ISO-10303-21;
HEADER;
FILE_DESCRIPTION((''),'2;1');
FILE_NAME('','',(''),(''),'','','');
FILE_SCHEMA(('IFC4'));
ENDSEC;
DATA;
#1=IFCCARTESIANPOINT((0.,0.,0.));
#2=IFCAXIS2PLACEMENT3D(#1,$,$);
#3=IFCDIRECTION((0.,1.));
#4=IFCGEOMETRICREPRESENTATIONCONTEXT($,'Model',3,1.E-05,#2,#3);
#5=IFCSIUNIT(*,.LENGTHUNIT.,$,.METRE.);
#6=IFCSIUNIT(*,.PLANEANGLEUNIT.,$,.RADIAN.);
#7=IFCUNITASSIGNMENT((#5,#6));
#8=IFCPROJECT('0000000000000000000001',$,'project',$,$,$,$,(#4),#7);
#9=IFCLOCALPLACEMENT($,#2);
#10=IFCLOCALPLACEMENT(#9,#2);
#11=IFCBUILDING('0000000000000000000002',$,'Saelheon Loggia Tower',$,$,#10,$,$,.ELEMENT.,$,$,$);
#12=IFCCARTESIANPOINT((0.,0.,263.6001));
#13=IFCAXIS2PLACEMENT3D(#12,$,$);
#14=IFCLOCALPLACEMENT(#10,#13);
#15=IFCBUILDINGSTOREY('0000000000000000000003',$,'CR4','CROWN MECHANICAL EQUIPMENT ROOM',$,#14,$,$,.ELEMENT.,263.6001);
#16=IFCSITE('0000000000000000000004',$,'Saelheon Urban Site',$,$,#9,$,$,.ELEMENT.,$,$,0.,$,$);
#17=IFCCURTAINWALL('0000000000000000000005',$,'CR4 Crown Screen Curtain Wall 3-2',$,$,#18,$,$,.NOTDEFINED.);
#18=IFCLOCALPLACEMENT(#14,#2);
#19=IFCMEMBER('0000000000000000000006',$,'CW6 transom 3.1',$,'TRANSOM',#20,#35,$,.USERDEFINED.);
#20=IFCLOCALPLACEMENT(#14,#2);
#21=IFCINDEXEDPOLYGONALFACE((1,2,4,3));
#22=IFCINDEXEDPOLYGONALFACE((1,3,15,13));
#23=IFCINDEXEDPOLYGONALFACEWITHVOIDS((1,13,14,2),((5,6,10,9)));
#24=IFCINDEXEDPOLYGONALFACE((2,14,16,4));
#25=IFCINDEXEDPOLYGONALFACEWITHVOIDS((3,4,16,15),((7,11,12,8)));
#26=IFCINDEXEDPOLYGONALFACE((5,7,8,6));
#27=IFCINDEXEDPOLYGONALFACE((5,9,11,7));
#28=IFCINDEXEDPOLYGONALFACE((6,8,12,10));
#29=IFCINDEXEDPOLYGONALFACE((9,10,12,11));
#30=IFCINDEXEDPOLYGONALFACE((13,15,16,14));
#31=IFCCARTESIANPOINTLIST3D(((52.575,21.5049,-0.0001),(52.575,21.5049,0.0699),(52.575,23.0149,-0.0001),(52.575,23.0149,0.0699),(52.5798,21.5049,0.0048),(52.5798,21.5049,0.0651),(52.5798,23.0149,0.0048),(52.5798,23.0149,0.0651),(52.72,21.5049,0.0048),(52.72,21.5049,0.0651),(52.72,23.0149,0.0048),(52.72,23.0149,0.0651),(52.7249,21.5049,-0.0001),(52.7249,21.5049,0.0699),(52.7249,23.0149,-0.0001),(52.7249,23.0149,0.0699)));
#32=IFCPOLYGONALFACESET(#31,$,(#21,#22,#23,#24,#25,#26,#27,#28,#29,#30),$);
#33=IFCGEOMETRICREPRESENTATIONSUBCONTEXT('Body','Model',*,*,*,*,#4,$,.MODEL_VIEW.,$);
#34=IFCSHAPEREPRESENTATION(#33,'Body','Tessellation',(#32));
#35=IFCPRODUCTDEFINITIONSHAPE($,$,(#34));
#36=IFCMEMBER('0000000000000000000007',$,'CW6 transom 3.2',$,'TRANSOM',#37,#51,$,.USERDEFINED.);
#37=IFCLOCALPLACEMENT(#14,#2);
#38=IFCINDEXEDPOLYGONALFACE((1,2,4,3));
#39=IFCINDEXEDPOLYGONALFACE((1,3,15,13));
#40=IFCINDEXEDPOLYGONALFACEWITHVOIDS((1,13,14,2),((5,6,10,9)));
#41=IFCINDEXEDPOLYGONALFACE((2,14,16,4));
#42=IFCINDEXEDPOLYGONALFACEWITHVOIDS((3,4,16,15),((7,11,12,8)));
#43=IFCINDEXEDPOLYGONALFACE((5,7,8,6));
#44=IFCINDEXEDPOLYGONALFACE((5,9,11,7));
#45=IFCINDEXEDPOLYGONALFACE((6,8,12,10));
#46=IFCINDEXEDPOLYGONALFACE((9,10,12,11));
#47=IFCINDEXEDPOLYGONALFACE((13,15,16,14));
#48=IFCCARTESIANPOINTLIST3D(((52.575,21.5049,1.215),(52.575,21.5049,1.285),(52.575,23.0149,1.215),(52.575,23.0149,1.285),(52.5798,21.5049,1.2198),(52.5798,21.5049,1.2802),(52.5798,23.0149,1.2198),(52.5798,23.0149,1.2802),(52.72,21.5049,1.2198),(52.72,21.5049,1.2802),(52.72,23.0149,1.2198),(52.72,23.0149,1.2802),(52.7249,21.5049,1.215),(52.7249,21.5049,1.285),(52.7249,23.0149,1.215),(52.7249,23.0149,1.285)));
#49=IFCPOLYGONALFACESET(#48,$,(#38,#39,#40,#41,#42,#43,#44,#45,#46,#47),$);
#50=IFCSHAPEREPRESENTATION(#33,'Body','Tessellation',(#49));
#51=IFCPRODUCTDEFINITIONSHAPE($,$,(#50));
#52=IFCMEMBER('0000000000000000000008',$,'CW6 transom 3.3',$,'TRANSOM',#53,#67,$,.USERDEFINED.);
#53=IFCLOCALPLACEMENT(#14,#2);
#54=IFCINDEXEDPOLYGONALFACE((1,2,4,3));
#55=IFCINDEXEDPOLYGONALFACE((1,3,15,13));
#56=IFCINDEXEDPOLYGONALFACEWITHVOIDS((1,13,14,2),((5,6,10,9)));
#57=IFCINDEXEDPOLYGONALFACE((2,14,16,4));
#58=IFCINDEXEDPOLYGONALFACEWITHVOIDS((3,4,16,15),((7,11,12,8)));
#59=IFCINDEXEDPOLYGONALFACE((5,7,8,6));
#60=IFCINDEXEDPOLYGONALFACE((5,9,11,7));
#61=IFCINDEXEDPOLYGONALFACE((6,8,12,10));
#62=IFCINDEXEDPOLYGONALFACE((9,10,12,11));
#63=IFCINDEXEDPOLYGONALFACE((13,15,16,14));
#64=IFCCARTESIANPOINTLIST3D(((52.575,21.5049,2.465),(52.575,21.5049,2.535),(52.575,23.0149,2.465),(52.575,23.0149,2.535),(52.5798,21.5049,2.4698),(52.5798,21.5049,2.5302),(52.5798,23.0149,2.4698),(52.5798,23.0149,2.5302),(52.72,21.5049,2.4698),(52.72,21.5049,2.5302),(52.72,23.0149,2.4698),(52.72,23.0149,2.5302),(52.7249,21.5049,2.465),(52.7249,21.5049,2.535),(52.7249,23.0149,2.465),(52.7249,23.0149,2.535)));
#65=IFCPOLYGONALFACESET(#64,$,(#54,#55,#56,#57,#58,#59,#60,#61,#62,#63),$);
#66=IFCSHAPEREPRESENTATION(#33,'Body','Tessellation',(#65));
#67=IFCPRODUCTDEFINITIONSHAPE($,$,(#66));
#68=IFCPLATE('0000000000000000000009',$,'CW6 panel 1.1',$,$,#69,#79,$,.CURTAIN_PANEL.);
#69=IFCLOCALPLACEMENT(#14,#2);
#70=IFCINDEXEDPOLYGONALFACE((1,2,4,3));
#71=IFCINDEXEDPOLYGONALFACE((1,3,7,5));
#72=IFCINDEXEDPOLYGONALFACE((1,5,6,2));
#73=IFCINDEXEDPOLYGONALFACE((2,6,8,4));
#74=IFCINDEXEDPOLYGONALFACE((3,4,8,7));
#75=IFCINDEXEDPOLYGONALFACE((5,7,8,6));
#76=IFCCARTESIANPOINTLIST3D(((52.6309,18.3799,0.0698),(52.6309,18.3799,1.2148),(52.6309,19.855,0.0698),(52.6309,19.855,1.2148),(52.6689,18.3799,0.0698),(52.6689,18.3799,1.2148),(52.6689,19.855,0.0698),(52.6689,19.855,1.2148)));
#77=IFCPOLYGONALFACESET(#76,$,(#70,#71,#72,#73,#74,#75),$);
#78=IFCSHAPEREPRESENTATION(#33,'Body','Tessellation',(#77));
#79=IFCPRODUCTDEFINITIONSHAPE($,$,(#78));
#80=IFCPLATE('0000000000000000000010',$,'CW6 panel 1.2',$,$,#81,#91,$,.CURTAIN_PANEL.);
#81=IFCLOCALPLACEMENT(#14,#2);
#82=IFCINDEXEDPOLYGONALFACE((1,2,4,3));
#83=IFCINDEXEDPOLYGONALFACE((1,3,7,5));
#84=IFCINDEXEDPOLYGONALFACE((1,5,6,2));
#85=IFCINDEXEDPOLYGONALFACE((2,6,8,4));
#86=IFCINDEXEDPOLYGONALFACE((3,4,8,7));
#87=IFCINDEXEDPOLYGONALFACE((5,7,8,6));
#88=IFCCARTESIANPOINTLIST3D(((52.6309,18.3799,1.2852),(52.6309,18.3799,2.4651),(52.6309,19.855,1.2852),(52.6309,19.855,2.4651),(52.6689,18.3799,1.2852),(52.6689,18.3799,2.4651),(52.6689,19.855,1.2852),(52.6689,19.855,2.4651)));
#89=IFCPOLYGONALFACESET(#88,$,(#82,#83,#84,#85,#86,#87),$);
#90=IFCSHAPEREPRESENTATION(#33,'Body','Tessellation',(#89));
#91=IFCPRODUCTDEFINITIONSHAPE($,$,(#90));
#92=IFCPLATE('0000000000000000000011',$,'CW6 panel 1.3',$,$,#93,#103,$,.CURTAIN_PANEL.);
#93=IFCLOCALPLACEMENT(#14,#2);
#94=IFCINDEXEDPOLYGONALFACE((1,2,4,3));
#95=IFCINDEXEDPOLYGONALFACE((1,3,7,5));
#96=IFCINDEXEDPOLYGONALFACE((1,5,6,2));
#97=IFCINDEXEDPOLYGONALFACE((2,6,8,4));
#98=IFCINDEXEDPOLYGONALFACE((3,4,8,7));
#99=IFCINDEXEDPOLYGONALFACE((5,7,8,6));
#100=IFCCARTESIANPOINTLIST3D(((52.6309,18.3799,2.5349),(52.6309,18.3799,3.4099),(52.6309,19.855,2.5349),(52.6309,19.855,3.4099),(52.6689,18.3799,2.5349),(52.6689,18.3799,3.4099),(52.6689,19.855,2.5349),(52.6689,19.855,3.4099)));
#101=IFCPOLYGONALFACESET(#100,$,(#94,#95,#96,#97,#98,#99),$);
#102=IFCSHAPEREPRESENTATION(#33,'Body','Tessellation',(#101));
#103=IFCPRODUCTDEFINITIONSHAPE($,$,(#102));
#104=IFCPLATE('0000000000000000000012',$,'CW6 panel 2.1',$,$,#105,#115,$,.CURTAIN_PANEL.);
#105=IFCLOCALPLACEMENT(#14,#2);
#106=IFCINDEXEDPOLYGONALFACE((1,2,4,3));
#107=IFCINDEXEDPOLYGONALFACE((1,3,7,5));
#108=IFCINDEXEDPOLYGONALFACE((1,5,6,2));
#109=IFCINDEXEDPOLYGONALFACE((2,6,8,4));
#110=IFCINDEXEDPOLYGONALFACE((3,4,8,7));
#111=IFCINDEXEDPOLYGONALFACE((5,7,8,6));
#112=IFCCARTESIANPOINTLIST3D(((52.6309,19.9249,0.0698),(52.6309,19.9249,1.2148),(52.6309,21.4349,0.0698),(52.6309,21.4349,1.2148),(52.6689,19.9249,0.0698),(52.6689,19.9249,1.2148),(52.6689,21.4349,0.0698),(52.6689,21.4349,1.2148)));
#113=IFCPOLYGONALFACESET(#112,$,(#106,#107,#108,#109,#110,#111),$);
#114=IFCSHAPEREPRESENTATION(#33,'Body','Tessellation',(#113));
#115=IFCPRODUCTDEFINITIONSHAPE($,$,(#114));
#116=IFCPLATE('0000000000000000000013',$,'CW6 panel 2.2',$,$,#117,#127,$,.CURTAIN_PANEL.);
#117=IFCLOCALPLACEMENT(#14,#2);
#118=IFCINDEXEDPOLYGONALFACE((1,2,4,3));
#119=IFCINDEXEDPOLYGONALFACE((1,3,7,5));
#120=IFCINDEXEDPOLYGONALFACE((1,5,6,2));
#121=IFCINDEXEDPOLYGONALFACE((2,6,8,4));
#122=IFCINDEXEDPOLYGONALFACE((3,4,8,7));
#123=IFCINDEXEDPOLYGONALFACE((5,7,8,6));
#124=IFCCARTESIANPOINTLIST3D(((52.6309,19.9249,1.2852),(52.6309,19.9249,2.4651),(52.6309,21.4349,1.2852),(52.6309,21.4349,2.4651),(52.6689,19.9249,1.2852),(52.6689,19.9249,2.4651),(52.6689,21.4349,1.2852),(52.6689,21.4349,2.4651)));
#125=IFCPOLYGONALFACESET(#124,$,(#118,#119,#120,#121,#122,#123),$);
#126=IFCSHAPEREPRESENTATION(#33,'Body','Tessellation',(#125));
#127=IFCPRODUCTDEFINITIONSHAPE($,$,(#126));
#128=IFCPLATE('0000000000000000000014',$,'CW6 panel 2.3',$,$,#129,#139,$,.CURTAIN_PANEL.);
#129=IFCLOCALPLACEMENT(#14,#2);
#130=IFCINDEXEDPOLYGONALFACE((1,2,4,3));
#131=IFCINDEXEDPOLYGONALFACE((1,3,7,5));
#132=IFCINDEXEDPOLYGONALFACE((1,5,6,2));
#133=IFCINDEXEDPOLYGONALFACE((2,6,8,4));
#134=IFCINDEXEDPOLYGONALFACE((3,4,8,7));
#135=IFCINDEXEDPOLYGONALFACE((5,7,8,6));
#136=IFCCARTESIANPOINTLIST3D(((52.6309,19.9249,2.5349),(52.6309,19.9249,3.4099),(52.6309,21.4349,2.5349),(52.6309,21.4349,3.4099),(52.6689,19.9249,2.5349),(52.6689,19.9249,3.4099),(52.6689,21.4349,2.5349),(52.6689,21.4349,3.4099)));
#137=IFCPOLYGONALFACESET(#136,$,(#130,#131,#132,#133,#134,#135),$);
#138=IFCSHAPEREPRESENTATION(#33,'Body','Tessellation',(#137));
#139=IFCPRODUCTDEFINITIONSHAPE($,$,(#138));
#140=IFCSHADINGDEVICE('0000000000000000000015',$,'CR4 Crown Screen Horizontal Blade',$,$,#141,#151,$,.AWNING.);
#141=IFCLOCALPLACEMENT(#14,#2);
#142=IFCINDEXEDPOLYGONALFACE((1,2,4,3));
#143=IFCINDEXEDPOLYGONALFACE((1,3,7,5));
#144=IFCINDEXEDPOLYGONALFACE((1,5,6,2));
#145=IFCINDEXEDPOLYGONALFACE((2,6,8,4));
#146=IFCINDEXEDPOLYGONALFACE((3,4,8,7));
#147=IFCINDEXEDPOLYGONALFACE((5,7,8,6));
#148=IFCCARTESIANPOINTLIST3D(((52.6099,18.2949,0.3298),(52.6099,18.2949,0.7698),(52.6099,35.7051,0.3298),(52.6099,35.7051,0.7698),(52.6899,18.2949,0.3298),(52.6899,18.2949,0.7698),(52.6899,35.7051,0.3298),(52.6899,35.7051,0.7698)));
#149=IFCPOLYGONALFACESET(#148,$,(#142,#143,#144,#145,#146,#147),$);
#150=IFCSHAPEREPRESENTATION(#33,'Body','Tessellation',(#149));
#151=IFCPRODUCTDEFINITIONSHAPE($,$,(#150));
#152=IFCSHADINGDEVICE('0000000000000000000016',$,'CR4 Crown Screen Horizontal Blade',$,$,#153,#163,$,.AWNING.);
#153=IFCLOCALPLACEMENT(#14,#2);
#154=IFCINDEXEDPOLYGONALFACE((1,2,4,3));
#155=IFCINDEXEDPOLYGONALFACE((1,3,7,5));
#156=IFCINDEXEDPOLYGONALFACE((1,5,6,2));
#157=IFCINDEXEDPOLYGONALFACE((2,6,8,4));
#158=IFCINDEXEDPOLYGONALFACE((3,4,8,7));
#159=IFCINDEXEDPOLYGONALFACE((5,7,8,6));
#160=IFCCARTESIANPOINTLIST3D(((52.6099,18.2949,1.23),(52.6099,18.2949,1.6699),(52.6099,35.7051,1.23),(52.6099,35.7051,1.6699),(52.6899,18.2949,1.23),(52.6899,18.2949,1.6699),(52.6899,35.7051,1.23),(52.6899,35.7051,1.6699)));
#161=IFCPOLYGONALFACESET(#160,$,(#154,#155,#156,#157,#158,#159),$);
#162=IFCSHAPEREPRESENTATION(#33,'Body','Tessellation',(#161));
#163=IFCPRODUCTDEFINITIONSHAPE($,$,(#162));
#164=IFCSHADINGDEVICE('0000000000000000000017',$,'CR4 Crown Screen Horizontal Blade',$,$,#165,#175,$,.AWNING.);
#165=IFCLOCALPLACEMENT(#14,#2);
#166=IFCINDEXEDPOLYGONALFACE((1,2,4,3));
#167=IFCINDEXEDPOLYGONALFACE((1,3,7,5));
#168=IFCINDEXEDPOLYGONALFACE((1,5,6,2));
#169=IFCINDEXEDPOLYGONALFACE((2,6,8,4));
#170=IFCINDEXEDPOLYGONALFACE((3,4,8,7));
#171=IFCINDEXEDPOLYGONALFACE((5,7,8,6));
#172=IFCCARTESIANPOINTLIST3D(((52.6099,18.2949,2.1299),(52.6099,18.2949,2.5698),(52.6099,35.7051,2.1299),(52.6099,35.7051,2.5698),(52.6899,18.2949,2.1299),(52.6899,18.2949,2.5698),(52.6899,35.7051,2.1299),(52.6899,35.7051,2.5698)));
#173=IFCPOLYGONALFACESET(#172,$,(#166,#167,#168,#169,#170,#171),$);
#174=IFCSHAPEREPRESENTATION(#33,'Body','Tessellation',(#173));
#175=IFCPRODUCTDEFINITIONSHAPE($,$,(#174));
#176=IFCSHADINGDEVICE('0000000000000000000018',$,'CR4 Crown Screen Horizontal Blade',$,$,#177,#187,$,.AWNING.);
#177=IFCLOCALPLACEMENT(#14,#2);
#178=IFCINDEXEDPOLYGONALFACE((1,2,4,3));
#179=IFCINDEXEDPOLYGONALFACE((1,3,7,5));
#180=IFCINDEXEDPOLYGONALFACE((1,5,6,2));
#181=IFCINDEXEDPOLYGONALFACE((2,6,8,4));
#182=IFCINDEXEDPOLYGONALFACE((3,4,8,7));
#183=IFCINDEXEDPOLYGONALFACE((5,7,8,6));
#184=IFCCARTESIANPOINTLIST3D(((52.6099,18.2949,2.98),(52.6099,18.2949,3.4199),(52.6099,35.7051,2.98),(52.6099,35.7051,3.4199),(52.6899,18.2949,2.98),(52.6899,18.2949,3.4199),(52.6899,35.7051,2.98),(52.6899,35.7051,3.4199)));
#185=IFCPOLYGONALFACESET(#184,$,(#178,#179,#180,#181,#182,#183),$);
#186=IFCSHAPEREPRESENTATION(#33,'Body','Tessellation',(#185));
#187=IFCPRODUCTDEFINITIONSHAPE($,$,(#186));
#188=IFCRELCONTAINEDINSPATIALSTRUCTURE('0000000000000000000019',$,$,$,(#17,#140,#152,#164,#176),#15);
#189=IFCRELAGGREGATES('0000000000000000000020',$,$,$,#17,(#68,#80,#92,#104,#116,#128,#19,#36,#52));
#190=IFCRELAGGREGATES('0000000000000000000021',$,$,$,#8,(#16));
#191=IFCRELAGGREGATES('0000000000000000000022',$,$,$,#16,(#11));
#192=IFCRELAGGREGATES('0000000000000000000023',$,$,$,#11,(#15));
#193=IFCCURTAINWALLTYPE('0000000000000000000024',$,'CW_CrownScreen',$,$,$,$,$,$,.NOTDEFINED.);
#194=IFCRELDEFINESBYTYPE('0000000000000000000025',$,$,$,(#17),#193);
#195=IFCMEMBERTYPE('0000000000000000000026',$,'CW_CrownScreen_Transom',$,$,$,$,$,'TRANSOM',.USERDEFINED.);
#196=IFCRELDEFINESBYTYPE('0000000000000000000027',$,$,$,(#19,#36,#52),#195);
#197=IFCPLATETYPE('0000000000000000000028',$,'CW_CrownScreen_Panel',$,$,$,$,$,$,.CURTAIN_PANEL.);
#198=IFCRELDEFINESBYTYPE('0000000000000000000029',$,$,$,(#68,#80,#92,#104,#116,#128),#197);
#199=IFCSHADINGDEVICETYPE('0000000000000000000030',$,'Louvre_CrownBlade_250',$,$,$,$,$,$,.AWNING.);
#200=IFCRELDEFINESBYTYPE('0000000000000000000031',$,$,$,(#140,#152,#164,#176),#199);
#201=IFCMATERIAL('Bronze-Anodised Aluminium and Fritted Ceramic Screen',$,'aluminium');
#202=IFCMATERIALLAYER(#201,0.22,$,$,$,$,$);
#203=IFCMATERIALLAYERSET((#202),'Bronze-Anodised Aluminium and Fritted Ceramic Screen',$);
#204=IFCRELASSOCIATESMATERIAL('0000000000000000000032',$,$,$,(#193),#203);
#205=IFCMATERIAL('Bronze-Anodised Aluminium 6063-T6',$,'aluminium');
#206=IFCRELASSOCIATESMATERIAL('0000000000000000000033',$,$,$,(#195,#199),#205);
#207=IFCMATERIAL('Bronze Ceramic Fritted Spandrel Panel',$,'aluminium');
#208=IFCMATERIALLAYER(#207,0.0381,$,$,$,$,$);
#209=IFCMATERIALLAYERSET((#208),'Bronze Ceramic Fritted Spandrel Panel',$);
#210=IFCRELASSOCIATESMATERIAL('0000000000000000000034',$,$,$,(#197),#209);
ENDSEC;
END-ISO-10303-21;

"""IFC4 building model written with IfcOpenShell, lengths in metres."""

from ifc_helpers import new_model, si_unit, direction, frame, origin, origin_2d, place, context, subcontext, project, spatial, rectangle, hollow_rectangle, extrude, source, transform, mapped, material, layer, layer_set, material_profile, profile_set, type_object, element, aggregate, save


model = new_model("IFC4")

# Units and contexts
model_context = context("Model", 3, precision=1e-05, world=origin(), true_north=direction((0.0, 1.0)))
body_context = subcontext(model_context, "Body", "Model", "MODEL_VIEW")
ifc_project = project(units=[si_unit("LENGTHUNIT", "METRE"), si_unit("PLANEANGLEUNIT", "RADIAN")], contexts=[model_context])

# Site, building, storey
site_placement = place(None, origin())
site = spatial("IfcSite", under=ifc_project, at=site_placement, Name="Saelheon Urban Site", CompositionType="ELEMENT", RefElevation=0.0)
building_placement = place(site_placement, origin())
building = spatial("IfcBuilding", under=site, at=building_placement, Name="Saelheon Loggia Tower", CompositionType="ELEMENT")
storey_placement = place(building_placement, frame((0.0, 0.0, 263.6001)))
storey = spatial("IfcBuildingStorey", under=building, at=storey_placement, Name="CR4", Description="CROWN MECHANICAL EQUIPMENT ROOM", CompositionType="ELEMENT", Elevation=263.6001)

# Curtain wall, members, plates
ifc_material_1 = material(Name="Bronze-Anodised Aluminium and Fritted Ceramic Screen", Category="aluminium")
ifc_layer_1 = layer(ifc_material_1, 0.22)
ifc_layer_set_1 = layer_set([ifc_layer_1], Name="Bronze-Anodised Aluminium and Fritted Ceramic Screen")
curtain_wall_type = type_object("IfcCurtainWallType", Name="CW_CrownScreen", PredefinedType="NOTDEFINED", material=ifc_layer_set_1)
curtain_wall_placement = place(storey_placement, origin())
curtain_wall = element("IfcCurtainWall", 1, at=curtain_wall_placement, inside=storey, type_object=curtain_wall_type, Name="CR4 Crown Screen Curtain Wall 3-2", PredefinedType="NOTDEFINED")
ifc_material_2 = material(Name="Bronze-Anodised Aluminium 6063-T6", Category="aluminium")
ifc_material_profile_1 = material_profile(ifc_material_2, hollow_rectangle(XDim=0.0701, YDim=0.1499, WallThickness=0.0049, at=origin_2d()), Name="RHS-150x70x5")
ifc_profile_set_1 = profile_set([ifc_material_profile_1], Name="Bronze-Anodised Aluminium 6063-T6")
member_type_1 = type_object("IfcMemberType", Name="CW_CrownScreen_Transom", ElementType="TRANSOM", PredefinedType="USERDEFINED", material=ifc_profile_set_1)
shared_shape_1 = source(origin(), body_context, "Body", "SweptSolid", [
    extrude(hollow_rectangle(XDim=0.0701, YDim=0.1499, WallThickness=0.0049, at=origin_2d()), origin(), (0.0, 0.0, 1.0), 1.51),
])
member_1_placement = place(storey_placement, frame((52.6499, 21.5049, 0.0349), z_axis=(0.0, 1.0, 0.0), x_axis=(0.0, 0.0, 1.0)))
member_1 = element("IfcMember", 2, at=member_1_placement, type_object=member_type_1, Name="CW6 transom 3.1", ObjectType="TRANSOM", PredefinedType="USERDEFINED", context=body_context, shape_type="MappedRepresentation", body=[
    mapped(shared_shape_1, transform((0.0, 0.0, 0.0), scale=1.0)),
])
member_2_placement = place(storey_placement, frame((52.6499, 21.5049, 1.25), z_axis=(0.0, 1.0, 0.0), x_axis=(0.0, 0.0, 1.0)))
member_2 = element("IfcMember", 3, at=member_2_placement, type_object=member_type_1, Name="CW6 transom 3.2", ObjectType="TRANSOM", PredefinedType="USERDEFINED", context=body_context, shape_type="MappedRepresentation", body=[
    mapped(shared_shape_1, transform((0.0, 0.0, 0.0), scale=1.0)),
])
member_3_placement = place(storey_placement, frame((52.6499, 21.5049, 2.5), z_axis=(0.0, 1.0, 0.0), x_axis=(0.0, 0.0, 1.0)))
member_3 = element("IfcMember", 4, at=member_3_placement, type_object=member_type_1, Name="CW6 transom 3.3", ObjectType="TRANSOM", PredefinedType="USERDEFINED", context=body_context, shape_type="MappedRepresentation", body=[
    mapped(shared_shape_1, transform((0.0, 0.0, 0.0), scale=1.0)),
])
ifc_material_3 = material(Name="Bronze Ceramic Fritted Spandrel Panel", Category="aluminium")
ifc_layer_2 = layer(ifc_material_3, 0.0381)
ifc_layer_set_2 = layer_set([ifc_layer_2], Name="Bronze Ceramic Fritted Spandrel Panel")
plate_type = type_object("IfcPlateType", Name="CW_CrownScreen_Panel", PredefinedType="CURTAIN_PANEL", material=ifc_layer_set_2)
shared_shape_2 = source(origin(), body_context, "Body", "SweptSolid", [
    extrude(rectangle(XDim=1.4751, YDim=0.0381, at=origin_2d()), origin(), (0.0, 0.0, 1.0), 1.145),
])
plate_1_placement = place(storey_placement, frame((52.6499, 19.1174, 0.0698), z_axis=(0.0, 0.0, 1.0), x_axis=(0.0, 1.0, 0.0)))
plate_1 = element("IfcPlate", 5, at=plate_1_placement, type_object=plate_type, Name="CW6 panel 1.1", PredefinedType="CURTAIN_PANEL", context=body_context, shape_type="MappedRepresentation", body=[
    mapped(shared_shape_2, transform((0.0, 0.0, 0.0), scale=1.0)),
])
shared_shape_3 = source(origin(), body_context, "Body", "SweptSolid", [
    extrude(rectangle(XDim=1.4751, YDim=0.0381, at=origin_2d()), origin(), (0.0, 0.0, 1.0), 1.1799),
])
plate_2_placement = place(storey_placement, frame((52.6499, 19.1174, 1.2852), z_axis=(0.0, 0.0, 1.0), x_axis=(0.0, 1.0, 0.0)))
plate_2 = element("IfcPlate", 6, at=plate_2_placement, type_object=plate_type, Name="CW6 panel 1.2", PredefinedType="CURTAIN_PANEL", context=body_context, shape_type="MappedRepresentation", body=[
    mapped(shared_shape_3, transform((0.0, 0.0, 0.0), scale=1.0)),
])
shared_shape_4 = source(origin(), body_context, "Body", "SweptSolid", [
    extrude(rectangle(XDim=1.4751, YDim=0.0381, at=origin_2d()), origin(), (0.0, 0.0, 1.0), 0.875),
])
plate_3_placement = place(storey_placement, frame((52.6499, 19.1174, 2.5349), z_axis=(0.0, 0.0, 1.0), x_axis=(0.0, 1.0, 0.0)))
plate_3 = element("IfcPlate", 7, at=plate_3_placement, type_object=plate_type, Name="CW6 panel 1.3", PredefinedType="CURTAIN_PANEL", context=body_context, shape_type="MappedRepresentation", body=[
    mapped(shared_shape_4, transform((0.0, 0.0, 0.0), scale=1.0)),
])
shared_shape_5 = source(origin(), body_context, "Body", "SweptSolid", [
    extrude(rectangle(XDim=1.51, YDim=0.0381, at=origin_2d()), origin(), (0.0, 0.0, 1.0), 1.145),
])
plate_4_placement = place(storey_placement, frame((52.6499, 20.6799, 0.0698), z_axis=(0.0, 0.0, 1.0), x_axis=(0.0, 1.0, 0.0)))
plate_4 = element("IfcPlate", 8, at=plate_4_placement, type_object=plate_type, Name="CW6 panel 2.1", PredefinedType="CURTAIN_PANEL", context=body_context, shape_type="MappedRepresentation", body=[
    mapped(shared_shape_5, transform((0.0, 0.0, 0.0), scale=1.0)),
])
shared_shape_6 = source(origin(), body_context, "Body", "SweptSolid", [
    extrude(rectangle(XDim=1.51, YDim=0.0381, at=origin_2d()), origin(), (0.0, 0.0, 1.0), 1.1799),
])
plate_5_placement = place(storey_placement, frame((52.6499, 20.6799, 1.2852), z_axis=(0.0, 0.0, 1.0), x_axis=(0.0, 1.0, 0.0)))
plate_5 = element("IfcPlate", 9, at=plate_5_placement, type_object=plate_type, Name="CW6 panel 2.2", PredefinedType="CURTAIN_PANEL", context=body_context, shape_type="MappedRepresentation", body=[
    mapped(shared_shape_6, transform((0.0, 0.0, 0.0), scale=1.0)),
])
shared_shape_7 = source(origin(), body_context, "Body", "SweptSolid", [
    extrude(rectangle(XDim=1.51, YDim=0.0381, at=origin_2d()), origin(), (0.0, 0.0, 1.0), 0.875),
])
plate_6_placement = place(storey_placement, frame((52.6499, 20.6799, 2.5349), z_axis=(0.0, 0.0, 1.0), x_axis=(0.0, 1.0, 0.0)))
plate_6 = element("IfcPlate", 10, at=plate_6_placement, type_object=plate_type, Name="CW6 panel 2.3", PredefinedType="CURTAIN_PANEL", context=body_context, shape_type="MappedRepresentation", body=[
    mapped(shared_shape_7, transform((0.0, 0.0, 0.0), scale=1.0)),
])
aggregate(curtain_wall, [plate_1, plate_2, plate_3, plate_4, plate_5, plate_6, member_1, member_2, member_3])

# Shading devices
ifc_material_profile_2 = material_profile(ifc_material_2, rectangle(XDim=0.0801, YDim=0.4399, at=origin_2d()), Name="Louvre_CrownBlade_250")
ifc_profile_set_2 = profile_set([ifc_material_profile_2], Name="Bronze-Anodised Aluminium 6063-T6")
shading_device_type = type_object("IfcShadingDeviceType", Name="Louvre_CrownBlade_250", PredefinedType="AWNING", material=ifc_profile_set_2)
shared_shape_8 = source(origin(), body_context, "Body", "SweptSolid", [
    extrude(rectangle(XDim=0.0801, YDim=0.4399, at=origin_2d()), origin(), (0.0, 0.0, 1.0), 17.4102),
])
for number, where, z_axis, x_axis, name in (
    (11, (52.6499, 18.2949, 0.5498), (0.0, 1.0, 0.0), (-1.0, 0.0, 0.0), "CR4 Crown Screen Horizontal Blade"),
    (12, (52.6499, 18.2949, 1.45), (0.0, 1.0, 0.0), (-1.0, 0.0, 0.0), "CR4 Crown Screen Horizontal Blade"),
    (13, (52.6499, 18.2949, 2.3499), (0.0, 1.0, 0.0), (-1.0, 0.0, 0.0), "CR4 Crown Screen Horizontal Blade"),
    (14, (52.6499, 18.2949, 3.2), (0.0, 1.0, 0.0), (-1.0, 0.0, 0.0), "CR4 Crown Screen Horizontal Blade"),
):
    element("IfcShadingDevice", number, at=place(storey_placement, frame(where, z_axis=z_axis, x_axis=x_axis)), inside=storey, type_object=shading_device_type, Name=name, PredefinedType="AWNING", context=body_context, shape_type="MappedRepresentation", body=[
        mapped(shared_shape_8, transform((0.0, 0.0, 0.0), scale=1.0)),
    ])

save(model, "model.ifc")
